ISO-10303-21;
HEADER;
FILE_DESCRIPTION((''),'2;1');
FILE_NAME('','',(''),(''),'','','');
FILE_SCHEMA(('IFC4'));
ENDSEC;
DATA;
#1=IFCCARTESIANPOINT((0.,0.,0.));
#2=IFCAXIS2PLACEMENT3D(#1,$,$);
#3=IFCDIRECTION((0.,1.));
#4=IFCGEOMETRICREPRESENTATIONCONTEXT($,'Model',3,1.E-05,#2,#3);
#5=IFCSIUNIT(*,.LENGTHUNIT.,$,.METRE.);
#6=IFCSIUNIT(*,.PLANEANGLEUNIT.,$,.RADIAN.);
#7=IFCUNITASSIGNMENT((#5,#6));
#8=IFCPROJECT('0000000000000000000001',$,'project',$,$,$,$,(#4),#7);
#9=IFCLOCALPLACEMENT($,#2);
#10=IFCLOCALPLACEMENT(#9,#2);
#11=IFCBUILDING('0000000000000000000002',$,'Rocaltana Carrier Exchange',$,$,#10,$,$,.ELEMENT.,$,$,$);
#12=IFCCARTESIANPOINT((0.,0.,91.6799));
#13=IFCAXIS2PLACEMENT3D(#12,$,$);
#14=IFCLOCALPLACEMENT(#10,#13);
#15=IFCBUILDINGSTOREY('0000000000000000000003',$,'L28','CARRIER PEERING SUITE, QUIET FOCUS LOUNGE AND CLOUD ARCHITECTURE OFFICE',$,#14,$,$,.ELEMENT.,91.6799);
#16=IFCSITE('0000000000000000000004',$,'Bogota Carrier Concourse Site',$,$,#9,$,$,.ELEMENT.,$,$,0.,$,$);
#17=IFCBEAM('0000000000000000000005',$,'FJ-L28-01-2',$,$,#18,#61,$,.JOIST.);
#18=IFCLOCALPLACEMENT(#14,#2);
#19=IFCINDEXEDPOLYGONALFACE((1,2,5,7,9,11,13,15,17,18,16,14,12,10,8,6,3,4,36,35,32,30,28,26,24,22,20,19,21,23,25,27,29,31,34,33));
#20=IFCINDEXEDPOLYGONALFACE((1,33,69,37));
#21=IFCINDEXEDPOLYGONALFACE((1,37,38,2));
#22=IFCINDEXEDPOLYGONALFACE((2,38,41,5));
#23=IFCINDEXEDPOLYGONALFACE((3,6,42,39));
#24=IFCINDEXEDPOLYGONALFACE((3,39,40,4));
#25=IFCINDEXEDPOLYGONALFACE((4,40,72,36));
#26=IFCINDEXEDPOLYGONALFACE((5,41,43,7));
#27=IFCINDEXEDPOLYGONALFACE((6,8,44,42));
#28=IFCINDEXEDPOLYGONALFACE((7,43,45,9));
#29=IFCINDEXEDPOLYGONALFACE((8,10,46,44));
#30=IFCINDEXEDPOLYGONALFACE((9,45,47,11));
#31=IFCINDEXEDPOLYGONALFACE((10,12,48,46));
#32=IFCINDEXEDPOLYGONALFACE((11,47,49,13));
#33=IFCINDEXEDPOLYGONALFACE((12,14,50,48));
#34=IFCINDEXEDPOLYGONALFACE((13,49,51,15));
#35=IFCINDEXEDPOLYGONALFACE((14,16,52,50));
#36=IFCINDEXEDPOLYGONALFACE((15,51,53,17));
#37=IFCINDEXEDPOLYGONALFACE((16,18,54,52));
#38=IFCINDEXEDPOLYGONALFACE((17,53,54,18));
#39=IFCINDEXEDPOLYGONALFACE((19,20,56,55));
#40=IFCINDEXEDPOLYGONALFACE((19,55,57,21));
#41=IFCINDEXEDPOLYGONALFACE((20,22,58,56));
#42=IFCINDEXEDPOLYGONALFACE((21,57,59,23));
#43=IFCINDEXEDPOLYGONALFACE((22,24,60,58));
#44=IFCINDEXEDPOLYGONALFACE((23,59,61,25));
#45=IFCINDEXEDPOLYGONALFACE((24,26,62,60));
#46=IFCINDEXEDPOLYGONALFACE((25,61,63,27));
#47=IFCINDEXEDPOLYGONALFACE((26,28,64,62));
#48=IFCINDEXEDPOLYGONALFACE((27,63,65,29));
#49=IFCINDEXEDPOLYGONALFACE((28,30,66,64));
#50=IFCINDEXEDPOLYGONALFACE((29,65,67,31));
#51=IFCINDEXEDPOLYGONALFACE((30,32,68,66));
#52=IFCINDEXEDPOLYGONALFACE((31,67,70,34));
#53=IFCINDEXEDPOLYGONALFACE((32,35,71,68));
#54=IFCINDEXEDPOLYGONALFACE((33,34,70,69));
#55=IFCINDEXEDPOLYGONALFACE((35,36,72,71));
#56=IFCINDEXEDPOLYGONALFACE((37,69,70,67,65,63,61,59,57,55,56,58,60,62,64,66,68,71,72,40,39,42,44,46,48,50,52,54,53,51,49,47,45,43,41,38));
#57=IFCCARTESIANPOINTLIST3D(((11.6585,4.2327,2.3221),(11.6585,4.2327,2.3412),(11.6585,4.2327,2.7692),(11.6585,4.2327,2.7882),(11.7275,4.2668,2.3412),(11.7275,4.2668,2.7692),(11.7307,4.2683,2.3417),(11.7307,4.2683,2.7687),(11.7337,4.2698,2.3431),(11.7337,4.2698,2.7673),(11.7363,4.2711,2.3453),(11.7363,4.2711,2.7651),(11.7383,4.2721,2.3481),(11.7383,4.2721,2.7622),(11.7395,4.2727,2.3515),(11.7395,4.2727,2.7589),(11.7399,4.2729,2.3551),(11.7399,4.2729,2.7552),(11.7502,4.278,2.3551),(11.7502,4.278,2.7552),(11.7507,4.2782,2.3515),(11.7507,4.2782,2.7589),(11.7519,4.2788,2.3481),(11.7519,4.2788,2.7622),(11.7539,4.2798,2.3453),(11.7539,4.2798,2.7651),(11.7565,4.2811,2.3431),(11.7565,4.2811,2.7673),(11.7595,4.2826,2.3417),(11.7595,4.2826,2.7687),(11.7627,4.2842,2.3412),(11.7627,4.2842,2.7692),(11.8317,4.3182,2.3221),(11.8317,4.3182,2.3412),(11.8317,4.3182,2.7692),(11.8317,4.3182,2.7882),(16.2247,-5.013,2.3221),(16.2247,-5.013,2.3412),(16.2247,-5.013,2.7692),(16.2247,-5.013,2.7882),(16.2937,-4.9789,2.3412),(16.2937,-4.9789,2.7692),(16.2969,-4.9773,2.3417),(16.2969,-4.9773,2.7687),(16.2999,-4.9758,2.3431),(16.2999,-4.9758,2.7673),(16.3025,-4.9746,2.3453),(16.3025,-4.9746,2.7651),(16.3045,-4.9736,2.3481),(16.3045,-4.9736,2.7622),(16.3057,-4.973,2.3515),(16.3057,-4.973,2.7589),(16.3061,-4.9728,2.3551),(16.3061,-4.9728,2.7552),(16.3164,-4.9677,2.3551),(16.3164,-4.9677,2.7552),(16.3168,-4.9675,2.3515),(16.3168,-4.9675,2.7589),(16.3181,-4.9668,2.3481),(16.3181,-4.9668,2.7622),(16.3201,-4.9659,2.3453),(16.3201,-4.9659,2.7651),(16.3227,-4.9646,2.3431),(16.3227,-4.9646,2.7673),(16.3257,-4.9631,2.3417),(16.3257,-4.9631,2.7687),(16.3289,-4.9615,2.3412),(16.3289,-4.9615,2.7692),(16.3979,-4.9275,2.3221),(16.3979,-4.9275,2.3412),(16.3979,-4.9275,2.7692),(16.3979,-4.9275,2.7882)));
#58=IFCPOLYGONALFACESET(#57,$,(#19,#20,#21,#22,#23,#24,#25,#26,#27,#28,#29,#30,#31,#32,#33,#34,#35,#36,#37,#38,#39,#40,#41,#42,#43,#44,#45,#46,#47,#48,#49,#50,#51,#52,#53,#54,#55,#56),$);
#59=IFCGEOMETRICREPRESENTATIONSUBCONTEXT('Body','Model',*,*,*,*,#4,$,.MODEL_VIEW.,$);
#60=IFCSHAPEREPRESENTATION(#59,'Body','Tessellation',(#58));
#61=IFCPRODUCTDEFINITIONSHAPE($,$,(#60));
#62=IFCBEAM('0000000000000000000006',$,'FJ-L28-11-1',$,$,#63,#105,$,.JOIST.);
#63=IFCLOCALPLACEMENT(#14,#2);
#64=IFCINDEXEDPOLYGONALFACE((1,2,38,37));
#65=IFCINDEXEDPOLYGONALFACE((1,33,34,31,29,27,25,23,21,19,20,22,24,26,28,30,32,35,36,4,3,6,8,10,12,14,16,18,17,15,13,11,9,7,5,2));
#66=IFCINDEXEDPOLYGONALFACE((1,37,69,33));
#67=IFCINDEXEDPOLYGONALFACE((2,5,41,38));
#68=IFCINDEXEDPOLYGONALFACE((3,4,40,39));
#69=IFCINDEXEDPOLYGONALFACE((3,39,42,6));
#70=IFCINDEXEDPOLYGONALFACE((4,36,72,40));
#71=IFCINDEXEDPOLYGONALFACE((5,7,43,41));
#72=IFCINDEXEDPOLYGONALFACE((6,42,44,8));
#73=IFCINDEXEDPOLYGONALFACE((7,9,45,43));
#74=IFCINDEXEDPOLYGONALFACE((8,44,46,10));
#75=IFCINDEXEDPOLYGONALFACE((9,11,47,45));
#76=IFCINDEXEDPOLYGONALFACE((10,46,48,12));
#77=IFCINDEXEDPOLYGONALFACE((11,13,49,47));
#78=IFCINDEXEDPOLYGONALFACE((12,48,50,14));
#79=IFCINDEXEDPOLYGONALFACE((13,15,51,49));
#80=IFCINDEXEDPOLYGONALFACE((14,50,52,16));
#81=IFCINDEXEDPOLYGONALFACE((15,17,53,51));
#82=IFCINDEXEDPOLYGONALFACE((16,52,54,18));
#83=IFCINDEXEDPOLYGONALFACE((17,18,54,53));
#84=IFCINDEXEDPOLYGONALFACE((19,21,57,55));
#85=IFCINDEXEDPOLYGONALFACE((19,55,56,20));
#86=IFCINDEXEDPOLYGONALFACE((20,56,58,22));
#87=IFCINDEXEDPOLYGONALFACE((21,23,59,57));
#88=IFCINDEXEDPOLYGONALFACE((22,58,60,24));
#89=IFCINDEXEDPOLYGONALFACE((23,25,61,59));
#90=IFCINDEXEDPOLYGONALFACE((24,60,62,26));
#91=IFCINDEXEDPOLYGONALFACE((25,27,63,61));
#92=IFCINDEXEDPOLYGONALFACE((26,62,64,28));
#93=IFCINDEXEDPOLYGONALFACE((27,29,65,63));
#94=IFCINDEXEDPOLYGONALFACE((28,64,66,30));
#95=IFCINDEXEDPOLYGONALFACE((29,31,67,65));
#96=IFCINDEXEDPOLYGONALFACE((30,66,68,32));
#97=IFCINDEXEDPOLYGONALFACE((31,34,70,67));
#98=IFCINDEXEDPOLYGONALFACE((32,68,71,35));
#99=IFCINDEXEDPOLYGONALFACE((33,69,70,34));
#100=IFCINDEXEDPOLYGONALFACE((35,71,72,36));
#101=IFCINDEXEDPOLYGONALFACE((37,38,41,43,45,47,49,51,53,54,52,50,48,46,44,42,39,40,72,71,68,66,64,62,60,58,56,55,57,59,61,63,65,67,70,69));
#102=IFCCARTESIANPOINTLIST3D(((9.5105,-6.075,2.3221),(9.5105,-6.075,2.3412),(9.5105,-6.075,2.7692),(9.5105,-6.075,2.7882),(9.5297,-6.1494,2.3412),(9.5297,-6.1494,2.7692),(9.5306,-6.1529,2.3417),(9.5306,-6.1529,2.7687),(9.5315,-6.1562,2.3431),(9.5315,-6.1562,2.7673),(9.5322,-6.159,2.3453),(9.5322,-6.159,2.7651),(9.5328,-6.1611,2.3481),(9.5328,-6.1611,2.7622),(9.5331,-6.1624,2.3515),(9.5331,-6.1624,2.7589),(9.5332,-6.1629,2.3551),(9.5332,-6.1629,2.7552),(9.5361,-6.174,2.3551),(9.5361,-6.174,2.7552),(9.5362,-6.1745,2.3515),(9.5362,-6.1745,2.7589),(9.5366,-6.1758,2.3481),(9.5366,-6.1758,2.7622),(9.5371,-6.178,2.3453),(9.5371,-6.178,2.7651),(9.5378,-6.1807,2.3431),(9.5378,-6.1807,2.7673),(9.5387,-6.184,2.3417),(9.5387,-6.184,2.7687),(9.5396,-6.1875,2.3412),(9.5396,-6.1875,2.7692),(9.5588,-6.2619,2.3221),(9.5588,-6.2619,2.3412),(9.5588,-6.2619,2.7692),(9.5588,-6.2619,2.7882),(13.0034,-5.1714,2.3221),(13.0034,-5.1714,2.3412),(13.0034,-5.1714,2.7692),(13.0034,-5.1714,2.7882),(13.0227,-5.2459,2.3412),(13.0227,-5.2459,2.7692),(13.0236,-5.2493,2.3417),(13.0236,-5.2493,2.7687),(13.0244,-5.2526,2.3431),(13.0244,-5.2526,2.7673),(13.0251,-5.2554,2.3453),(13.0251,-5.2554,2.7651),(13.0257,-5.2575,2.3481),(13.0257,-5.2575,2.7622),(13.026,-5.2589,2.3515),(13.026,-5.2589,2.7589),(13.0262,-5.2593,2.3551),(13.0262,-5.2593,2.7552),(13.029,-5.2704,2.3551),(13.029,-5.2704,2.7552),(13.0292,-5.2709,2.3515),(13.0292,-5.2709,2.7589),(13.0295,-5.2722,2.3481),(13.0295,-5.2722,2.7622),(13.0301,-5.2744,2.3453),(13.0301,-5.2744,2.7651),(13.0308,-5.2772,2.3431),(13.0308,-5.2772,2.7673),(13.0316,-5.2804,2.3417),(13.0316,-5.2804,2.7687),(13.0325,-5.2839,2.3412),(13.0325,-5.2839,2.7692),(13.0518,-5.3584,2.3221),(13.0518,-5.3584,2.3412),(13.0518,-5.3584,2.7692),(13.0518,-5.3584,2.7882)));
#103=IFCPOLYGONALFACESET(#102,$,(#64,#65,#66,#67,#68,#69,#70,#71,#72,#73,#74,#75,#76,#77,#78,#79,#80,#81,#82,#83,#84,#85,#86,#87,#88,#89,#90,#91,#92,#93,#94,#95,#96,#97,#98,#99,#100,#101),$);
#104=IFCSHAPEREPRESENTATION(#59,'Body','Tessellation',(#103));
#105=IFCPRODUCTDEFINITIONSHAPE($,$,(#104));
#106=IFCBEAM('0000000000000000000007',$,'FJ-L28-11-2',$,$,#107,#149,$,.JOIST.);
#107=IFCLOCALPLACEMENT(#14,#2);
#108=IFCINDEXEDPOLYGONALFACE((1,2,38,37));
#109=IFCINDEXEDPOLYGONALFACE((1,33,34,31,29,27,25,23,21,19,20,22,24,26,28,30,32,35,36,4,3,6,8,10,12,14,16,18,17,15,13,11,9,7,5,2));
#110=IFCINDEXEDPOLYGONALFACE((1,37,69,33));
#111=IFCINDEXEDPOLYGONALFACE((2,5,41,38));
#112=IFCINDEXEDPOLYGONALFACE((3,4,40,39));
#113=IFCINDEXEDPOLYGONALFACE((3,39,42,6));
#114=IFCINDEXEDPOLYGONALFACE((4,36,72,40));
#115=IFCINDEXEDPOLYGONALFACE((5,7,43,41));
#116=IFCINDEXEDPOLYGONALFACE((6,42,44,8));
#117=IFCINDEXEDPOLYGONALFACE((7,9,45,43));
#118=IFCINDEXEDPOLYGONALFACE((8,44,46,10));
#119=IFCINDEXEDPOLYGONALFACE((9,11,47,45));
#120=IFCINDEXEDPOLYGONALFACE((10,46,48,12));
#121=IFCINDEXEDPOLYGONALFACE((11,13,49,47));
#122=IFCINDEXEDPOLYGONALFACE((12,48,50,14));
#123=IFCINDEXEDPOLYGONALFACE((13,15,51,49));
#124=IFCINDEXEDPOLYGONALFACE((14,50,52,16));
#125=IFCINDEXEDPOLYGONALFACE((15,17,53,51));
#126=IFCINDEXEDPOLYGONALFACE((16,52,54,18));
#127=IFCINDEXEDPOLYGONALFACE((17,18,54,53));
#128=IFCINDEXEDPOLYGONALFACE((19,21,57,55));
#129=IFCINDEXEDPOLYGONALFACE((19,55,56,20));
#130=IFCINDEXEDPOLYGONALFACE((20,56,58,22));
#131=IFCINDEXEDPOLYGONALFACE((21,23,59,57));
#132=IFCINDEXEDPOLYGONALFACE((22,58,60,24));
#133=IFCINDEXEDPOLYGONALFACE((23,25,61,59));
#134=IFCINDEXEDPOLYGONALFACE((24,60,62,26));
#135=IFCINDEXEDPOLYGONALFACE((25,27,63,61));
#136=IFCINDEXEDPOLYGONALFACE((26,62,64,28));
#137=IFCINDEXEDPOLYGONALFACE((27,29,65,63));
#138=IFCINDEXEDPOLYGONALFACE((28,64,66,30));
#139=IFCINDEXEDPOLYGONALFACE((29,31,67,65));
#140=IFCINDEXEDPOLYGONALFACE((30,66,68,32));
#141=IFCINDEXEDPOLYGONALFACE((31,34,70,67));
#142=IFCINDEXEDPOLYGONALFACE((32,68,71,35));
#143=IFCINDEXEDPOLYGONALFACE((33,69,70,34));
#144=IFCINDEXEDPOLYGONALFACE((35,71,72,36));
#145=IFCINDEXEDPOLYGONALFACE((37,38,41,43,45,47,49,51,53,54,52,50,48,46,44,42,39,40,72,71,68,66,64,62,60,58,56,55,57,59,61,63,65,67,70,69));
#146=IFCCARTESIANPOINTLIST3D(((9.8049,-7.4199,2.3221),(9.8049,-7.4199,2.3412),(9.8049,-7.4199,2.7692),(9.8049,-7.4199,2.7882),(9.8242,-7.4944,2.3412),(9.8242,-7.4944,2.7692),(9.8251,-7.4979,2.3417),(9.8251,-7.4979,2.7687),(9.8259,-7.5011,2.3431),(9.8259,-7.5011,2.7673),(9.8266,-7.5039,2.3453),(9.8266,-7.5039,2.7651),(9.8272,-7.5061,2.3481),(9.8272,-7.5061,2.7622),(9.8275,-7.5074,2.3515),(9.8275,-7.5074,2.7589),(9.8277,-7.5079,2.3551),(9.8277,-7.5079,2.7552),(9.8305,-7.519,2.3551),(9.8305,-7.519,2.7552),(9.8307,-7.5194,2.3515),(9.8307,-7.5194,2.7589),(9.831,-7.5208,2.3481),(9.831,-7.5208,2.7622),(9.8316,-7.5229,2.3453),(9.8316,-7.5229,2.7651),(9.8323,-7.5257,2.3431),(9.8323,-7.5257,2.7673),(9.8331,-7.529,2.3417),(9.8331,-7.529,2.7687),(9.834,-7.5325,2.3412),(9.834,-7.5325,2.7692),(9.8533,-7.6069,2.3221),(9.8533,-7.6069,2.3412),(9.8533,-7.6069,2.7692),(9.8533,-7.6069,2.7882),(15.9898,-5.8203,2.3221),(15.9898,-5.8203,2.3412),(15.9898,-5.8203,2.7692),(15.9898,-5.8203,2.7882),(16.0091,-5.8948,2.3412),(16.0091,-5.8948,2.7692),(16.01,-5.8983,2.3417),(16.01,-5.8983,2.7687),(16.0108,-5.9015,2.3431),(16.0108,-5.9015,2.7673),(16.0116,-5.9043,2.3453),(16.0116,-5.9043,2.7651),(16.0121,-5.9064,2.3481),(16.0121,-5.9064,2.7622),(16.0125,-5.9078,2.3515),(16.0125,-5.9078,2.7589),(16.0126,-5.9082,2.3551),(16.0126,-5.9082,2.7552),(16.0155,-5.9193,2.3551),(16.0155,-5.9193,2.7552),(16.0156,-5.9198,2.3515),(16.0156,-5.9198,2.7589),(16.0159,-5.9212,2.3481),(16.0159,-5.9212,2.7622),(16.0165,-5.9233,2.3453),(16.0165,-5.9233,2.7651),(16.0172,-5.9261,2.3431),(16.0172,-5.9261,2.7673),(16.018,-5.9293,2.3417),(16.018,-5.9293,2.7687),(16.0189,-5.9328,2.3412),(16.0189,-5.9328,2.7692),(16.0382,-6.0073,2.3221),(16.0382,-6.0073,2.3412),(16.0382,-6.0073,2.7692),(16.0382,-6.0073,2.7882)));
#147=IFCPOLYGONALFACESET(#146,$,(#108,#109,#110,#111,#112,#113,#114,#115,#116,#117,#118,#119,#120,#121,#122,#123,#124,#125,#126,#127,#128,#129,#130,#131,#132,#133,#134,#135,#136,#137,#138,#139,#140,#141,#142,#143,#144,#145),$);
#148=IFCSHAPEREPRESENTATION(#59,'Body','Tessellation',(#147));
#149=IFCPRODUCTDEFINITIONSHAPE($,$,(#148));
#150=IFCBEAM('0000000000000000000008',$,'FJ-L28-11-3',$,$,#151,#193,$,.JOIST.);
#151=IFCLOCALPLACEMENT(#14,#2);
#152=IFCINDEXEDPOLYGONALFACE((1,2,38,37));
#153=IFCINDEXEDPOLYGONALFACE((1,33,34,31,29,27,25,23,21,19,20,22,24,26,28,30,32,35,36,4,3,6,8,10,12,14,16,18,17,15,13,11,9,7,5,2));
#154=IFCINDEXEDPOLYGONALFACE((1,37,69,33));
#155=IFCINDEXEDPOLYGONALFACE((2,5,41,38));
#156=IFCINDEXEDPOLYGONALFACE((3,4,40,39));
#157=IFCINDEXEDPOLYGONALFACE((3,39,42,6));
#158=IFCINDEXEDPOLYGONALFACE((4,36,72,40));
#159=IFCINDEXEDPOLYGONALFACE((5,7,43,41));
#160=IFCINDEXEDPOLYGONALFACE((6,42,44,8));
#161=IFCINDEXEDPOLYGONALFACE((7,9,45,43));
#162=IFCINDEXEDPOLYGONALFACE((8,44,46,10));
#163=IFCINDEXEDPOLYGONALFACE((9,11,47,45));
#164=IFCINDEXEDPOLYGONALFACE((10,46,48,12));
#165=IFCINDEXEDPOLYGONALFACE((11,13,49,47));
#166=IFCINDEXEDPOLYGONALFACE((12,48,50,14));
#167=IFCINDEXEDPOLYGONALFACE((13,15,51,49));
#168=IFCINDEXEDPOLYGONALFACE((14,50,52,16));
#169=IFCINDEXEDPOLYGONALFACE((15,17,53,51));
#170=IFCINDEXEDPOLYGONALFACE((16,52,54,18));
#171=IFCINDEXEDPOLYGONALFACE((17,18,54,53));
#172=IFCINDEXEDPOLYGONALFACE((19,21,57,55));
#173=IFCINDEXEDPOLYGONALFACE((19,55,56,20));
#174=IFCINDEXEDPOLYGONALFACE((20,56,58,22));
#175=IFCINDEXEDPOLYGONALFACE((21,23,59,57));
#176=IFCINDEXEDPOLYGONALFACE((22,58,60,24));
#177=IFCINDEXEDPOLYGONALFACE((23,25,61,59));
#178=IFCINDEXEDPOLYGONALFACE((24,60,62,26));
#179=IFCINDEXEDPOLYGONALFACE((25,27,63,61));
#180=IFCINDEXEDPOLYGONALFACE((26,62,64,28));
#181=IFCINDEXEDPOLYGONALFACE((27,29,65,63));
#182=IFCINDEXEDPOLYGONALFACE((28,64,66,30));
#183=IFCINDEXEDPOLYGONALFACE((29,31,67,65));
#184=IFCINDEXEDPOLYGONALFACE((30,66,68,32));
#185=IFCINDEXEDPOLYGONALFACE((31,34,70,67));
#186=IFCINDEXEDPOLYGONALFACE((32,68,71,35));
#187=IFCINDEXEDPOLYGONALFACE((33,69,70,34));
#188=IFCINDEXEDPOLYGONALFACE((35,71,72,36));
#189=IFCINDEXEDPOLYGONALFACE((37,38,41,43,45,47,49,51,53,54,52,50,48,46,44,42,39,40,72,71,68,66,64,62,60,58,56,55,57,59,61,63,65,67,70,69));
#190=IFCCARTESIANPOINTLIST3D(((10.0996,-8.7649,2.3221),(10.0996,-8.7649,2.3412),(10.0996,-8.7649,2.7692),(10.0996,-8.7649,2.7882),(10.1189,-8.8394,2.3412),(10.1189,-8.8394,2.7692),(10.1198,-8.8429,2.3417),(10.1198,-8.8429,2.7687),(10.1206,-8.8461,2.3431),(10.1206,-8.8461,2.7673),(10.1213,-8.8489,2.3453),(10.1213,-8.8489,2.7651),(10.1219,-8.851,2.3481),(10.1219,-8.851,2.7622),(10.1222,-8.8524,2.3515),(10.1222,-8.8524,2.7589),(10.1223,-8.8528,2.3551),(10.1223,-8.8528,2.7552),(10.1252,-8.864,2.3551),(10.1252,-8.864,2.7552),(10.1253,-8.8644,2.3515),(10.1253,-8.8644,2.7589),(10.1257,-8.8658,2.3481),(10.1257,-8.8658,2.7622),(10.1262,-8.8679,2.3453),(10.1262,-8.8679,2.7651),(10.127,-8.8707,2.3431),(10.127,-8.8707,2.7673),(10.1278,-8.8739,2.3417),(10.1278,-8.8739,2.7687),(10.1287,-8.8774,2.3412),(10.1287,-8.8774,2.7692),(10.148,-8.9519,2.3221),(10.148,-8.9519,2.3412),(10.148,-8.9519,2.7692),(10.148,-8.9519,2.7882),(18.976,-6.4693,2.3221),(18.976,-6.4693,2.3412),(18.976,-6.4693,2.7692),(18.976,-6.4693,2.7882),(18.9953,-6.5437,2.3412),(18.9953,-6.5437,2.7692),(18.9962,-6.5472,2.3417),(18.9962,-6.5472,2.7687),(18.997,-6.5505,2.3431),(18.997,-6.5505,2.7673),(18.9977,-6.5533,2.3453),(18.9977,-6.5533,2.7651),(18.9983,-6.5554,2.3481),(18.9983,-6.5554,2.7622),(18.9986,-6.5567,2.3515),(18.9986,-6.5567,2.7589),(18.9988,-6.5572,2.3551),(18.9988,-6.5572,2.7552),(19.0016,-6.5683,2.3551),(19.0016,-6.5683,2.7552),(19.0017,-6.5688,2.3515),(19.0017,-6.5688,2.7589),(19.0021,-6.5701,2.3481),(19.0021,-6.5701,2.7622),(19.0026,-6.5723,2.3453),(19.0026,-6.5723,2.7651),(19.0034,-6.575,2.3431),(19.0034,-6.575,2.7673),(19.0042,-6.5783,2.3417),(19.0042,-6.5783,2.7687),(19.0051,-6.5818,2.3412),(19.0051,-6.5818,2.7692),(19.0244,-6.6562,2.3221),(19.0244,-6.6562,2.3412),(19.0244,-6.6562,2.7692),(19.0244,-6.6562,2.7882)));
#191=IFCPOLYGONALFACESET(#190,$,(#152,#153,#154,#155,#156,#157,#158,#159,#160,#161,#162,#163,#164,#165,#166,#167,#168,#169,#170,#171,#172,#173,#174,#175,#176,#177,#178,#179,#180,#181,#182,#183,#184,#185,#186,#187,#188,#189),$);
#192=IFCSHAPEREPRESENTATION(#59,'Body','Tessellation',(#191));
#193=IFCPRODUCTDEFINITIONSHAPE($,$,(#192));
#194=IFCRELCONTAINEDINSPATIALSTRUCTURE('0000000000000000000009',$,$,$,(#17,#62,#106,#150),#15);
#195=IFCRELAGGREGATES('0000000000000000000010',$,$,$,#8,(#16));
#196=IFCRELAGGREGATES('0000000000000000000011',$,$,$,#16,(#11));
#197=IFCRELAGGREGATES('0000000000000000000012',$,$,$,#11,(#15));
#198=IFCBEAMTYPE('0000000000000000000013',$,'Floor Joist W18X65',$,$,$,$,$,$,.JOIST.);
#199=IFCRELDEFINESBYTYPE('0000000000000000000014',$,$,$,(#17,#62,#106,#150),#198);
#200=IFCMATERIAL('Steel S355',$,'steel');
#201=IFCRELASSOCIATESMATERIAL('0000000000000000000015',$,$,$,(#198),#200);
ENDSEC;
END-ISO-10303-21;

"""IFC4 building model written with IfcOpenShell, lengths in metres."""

from ifc_helpers import new_model, si_unit, direction, frame, origin, origin_2d, place, context, subcontext, project, spatial, i_section, extrude, material, material_profile, profile_set, type_object, element, save


model = new_model("IFC4")

# Units and contexts
model_context = context("Model", 3, precision=1e-05, world=origin(), true_north=direction((0.0, 1.0)))
body_context = subcontext(model_context, "Body", "Model", "MODEL_VIEW")
ifc_project = project(units=[si_unit("LENGTHUNIT", "METRE"), si_unit("PLANEANGLEUNIT", "RADIAN")], contexts=[model_context])

# Site, building, storey
site_placement = place(None, origin())
site = spatial("IfcSite", under=ifc_project, at=site_placement, Name="Bogota Carrier Concourse Site", CompositionType="ELEMENT", RefElevation=0.0)
building_placement = place(site_placement, origin())
building = spatial("IfcBuilding", under=site, at=building_placement, Name="Rocaltana Carrier Exchange", CompositionType="ELEMENT")
storey_placement = place(building_placement, frame((0.0, 0.0, 91.6799)))
storey = spatial("IfcBuildingStorey", under=building, at=storey_placement, Name="L28", Description="CARRIER PEERING SUITE, QUIET FOCUS LOUNGE AND CLOUD ARCHITECTURE OFFICE", CompositionType="ELEMENT", Elevation=91.6799)

# Beams
ifc_material_1 = material(Name="Steel S355", Category="steel")
ifc_material_profile_1 = material_profile(ifc_material_1, i_section(OverallWidth=0.1931, OverallDepth=0.4661, WebThickness=0.0115, FlangeThickness=0.019, FilletRadius=0.0139, at=origin_2d()), Name="W18X65")
ifc_profile_set_1 = profile_set([ifc_material_profile_1], Name="Steel S355")
beam_type_1 = type_object("IfcBeamType", Name="Floor Joist W18X65", PredefinedType="JOIST", material=ifc_profile_set_1)
beam_1_placement = place(storey_placement, frame((16.3113, -4.9702, 2.5552), z_axis=(-0.442814, 0.896614, 0.0), x_axis=(-0.896614, -0.442814, 0.0)))
element("IfcBeam", 1, at=beam_1_placement, inside=storey, type_object=beam_type_1, Name="FJ-L28-01-2", PredefinedType="JOIST", context=body_context, shape_type="SweptSolid", body=[
    extrude(i_section(OverallWidth=0.1931, OverallDepth=0.4661, WebThickness=0.0115, FlangeThickness=0.019, FilletRadius=0.0139, at=origin_2d()), origin(), (0.0, 0.0, 1.0), 10.3118),
])
beam_2_placement = place(storey_placement, frame((9.5347, -6.1685, 2.5552), z_axis=(0.968132, 0.250441, 0.0), x_axis=(-0.250441, 0.968132, 0.0)))
element("IfcBeam", 2, at=beam_2_placement, inside=storey, type_object=beam_type_1, Name="FJ-L28-11-1", PredefinedType="JOIST", context=body_context, shape_type="SweptSolid", body=[
    extrude(i_section(OverallWidth=0.1931, OverallDepth=0.4661, WebThickness=0.0115, FlangeThickness=0.019, FilletRadius=0.0139, at=origin_2d()), origin(), (0.0, 0.0, 1.0), 3.6079),
])
beam_3_placement = place(storey_placement, frame((9.8291, -7.5134, 2.5552), z_axis=(0.968144, 0.250396, 0.0), x_axis=(-0.250396, 0.968144, 0.0)))
element("IfcBeam", 3, at=beam_3_placement, inside=storey, type_object=beam_type_1, Name="FJ-L28-11-2", PredefinedType="JOIST", context=body_context, shape_type="SweptSolid", body=[
    extrude(i_section(OverallWidth=0.1931, OverallDepth=0.4661, WebThickness=0.0115, FlangeThickness=0.019, FilletRadius=0.0139, at=origin_2d()), origin(), (0.0, 0.0, 1.0), 6.3884),
])
beam_4_placement = place(storey_placement, frame((10.1238, -8.8584, 2.5552), z_axis=(0.968146, 0.250385, 0.0), x_axis=(-0.250385, 0.968146, 0.0)))
element("IfcBeam", 4, at=beam_4_placement, inside=storey, type_object=beam_type_1, Name="FJ-L28-11-3", PredefinedType="JOIST", context=body_context, shape_type="SweptSolid", body=[
    extrude(i_section(OverallWidth=0.1931, OverallDepth=0.4661, WebThickness=0.0115, FlangeThickness=0.019, FilletRadius=0.0139, at=origin_2d()), origin(), (0.0, 0.0, 1.0), 9.1685),
])

save(model, "model.ifc")
